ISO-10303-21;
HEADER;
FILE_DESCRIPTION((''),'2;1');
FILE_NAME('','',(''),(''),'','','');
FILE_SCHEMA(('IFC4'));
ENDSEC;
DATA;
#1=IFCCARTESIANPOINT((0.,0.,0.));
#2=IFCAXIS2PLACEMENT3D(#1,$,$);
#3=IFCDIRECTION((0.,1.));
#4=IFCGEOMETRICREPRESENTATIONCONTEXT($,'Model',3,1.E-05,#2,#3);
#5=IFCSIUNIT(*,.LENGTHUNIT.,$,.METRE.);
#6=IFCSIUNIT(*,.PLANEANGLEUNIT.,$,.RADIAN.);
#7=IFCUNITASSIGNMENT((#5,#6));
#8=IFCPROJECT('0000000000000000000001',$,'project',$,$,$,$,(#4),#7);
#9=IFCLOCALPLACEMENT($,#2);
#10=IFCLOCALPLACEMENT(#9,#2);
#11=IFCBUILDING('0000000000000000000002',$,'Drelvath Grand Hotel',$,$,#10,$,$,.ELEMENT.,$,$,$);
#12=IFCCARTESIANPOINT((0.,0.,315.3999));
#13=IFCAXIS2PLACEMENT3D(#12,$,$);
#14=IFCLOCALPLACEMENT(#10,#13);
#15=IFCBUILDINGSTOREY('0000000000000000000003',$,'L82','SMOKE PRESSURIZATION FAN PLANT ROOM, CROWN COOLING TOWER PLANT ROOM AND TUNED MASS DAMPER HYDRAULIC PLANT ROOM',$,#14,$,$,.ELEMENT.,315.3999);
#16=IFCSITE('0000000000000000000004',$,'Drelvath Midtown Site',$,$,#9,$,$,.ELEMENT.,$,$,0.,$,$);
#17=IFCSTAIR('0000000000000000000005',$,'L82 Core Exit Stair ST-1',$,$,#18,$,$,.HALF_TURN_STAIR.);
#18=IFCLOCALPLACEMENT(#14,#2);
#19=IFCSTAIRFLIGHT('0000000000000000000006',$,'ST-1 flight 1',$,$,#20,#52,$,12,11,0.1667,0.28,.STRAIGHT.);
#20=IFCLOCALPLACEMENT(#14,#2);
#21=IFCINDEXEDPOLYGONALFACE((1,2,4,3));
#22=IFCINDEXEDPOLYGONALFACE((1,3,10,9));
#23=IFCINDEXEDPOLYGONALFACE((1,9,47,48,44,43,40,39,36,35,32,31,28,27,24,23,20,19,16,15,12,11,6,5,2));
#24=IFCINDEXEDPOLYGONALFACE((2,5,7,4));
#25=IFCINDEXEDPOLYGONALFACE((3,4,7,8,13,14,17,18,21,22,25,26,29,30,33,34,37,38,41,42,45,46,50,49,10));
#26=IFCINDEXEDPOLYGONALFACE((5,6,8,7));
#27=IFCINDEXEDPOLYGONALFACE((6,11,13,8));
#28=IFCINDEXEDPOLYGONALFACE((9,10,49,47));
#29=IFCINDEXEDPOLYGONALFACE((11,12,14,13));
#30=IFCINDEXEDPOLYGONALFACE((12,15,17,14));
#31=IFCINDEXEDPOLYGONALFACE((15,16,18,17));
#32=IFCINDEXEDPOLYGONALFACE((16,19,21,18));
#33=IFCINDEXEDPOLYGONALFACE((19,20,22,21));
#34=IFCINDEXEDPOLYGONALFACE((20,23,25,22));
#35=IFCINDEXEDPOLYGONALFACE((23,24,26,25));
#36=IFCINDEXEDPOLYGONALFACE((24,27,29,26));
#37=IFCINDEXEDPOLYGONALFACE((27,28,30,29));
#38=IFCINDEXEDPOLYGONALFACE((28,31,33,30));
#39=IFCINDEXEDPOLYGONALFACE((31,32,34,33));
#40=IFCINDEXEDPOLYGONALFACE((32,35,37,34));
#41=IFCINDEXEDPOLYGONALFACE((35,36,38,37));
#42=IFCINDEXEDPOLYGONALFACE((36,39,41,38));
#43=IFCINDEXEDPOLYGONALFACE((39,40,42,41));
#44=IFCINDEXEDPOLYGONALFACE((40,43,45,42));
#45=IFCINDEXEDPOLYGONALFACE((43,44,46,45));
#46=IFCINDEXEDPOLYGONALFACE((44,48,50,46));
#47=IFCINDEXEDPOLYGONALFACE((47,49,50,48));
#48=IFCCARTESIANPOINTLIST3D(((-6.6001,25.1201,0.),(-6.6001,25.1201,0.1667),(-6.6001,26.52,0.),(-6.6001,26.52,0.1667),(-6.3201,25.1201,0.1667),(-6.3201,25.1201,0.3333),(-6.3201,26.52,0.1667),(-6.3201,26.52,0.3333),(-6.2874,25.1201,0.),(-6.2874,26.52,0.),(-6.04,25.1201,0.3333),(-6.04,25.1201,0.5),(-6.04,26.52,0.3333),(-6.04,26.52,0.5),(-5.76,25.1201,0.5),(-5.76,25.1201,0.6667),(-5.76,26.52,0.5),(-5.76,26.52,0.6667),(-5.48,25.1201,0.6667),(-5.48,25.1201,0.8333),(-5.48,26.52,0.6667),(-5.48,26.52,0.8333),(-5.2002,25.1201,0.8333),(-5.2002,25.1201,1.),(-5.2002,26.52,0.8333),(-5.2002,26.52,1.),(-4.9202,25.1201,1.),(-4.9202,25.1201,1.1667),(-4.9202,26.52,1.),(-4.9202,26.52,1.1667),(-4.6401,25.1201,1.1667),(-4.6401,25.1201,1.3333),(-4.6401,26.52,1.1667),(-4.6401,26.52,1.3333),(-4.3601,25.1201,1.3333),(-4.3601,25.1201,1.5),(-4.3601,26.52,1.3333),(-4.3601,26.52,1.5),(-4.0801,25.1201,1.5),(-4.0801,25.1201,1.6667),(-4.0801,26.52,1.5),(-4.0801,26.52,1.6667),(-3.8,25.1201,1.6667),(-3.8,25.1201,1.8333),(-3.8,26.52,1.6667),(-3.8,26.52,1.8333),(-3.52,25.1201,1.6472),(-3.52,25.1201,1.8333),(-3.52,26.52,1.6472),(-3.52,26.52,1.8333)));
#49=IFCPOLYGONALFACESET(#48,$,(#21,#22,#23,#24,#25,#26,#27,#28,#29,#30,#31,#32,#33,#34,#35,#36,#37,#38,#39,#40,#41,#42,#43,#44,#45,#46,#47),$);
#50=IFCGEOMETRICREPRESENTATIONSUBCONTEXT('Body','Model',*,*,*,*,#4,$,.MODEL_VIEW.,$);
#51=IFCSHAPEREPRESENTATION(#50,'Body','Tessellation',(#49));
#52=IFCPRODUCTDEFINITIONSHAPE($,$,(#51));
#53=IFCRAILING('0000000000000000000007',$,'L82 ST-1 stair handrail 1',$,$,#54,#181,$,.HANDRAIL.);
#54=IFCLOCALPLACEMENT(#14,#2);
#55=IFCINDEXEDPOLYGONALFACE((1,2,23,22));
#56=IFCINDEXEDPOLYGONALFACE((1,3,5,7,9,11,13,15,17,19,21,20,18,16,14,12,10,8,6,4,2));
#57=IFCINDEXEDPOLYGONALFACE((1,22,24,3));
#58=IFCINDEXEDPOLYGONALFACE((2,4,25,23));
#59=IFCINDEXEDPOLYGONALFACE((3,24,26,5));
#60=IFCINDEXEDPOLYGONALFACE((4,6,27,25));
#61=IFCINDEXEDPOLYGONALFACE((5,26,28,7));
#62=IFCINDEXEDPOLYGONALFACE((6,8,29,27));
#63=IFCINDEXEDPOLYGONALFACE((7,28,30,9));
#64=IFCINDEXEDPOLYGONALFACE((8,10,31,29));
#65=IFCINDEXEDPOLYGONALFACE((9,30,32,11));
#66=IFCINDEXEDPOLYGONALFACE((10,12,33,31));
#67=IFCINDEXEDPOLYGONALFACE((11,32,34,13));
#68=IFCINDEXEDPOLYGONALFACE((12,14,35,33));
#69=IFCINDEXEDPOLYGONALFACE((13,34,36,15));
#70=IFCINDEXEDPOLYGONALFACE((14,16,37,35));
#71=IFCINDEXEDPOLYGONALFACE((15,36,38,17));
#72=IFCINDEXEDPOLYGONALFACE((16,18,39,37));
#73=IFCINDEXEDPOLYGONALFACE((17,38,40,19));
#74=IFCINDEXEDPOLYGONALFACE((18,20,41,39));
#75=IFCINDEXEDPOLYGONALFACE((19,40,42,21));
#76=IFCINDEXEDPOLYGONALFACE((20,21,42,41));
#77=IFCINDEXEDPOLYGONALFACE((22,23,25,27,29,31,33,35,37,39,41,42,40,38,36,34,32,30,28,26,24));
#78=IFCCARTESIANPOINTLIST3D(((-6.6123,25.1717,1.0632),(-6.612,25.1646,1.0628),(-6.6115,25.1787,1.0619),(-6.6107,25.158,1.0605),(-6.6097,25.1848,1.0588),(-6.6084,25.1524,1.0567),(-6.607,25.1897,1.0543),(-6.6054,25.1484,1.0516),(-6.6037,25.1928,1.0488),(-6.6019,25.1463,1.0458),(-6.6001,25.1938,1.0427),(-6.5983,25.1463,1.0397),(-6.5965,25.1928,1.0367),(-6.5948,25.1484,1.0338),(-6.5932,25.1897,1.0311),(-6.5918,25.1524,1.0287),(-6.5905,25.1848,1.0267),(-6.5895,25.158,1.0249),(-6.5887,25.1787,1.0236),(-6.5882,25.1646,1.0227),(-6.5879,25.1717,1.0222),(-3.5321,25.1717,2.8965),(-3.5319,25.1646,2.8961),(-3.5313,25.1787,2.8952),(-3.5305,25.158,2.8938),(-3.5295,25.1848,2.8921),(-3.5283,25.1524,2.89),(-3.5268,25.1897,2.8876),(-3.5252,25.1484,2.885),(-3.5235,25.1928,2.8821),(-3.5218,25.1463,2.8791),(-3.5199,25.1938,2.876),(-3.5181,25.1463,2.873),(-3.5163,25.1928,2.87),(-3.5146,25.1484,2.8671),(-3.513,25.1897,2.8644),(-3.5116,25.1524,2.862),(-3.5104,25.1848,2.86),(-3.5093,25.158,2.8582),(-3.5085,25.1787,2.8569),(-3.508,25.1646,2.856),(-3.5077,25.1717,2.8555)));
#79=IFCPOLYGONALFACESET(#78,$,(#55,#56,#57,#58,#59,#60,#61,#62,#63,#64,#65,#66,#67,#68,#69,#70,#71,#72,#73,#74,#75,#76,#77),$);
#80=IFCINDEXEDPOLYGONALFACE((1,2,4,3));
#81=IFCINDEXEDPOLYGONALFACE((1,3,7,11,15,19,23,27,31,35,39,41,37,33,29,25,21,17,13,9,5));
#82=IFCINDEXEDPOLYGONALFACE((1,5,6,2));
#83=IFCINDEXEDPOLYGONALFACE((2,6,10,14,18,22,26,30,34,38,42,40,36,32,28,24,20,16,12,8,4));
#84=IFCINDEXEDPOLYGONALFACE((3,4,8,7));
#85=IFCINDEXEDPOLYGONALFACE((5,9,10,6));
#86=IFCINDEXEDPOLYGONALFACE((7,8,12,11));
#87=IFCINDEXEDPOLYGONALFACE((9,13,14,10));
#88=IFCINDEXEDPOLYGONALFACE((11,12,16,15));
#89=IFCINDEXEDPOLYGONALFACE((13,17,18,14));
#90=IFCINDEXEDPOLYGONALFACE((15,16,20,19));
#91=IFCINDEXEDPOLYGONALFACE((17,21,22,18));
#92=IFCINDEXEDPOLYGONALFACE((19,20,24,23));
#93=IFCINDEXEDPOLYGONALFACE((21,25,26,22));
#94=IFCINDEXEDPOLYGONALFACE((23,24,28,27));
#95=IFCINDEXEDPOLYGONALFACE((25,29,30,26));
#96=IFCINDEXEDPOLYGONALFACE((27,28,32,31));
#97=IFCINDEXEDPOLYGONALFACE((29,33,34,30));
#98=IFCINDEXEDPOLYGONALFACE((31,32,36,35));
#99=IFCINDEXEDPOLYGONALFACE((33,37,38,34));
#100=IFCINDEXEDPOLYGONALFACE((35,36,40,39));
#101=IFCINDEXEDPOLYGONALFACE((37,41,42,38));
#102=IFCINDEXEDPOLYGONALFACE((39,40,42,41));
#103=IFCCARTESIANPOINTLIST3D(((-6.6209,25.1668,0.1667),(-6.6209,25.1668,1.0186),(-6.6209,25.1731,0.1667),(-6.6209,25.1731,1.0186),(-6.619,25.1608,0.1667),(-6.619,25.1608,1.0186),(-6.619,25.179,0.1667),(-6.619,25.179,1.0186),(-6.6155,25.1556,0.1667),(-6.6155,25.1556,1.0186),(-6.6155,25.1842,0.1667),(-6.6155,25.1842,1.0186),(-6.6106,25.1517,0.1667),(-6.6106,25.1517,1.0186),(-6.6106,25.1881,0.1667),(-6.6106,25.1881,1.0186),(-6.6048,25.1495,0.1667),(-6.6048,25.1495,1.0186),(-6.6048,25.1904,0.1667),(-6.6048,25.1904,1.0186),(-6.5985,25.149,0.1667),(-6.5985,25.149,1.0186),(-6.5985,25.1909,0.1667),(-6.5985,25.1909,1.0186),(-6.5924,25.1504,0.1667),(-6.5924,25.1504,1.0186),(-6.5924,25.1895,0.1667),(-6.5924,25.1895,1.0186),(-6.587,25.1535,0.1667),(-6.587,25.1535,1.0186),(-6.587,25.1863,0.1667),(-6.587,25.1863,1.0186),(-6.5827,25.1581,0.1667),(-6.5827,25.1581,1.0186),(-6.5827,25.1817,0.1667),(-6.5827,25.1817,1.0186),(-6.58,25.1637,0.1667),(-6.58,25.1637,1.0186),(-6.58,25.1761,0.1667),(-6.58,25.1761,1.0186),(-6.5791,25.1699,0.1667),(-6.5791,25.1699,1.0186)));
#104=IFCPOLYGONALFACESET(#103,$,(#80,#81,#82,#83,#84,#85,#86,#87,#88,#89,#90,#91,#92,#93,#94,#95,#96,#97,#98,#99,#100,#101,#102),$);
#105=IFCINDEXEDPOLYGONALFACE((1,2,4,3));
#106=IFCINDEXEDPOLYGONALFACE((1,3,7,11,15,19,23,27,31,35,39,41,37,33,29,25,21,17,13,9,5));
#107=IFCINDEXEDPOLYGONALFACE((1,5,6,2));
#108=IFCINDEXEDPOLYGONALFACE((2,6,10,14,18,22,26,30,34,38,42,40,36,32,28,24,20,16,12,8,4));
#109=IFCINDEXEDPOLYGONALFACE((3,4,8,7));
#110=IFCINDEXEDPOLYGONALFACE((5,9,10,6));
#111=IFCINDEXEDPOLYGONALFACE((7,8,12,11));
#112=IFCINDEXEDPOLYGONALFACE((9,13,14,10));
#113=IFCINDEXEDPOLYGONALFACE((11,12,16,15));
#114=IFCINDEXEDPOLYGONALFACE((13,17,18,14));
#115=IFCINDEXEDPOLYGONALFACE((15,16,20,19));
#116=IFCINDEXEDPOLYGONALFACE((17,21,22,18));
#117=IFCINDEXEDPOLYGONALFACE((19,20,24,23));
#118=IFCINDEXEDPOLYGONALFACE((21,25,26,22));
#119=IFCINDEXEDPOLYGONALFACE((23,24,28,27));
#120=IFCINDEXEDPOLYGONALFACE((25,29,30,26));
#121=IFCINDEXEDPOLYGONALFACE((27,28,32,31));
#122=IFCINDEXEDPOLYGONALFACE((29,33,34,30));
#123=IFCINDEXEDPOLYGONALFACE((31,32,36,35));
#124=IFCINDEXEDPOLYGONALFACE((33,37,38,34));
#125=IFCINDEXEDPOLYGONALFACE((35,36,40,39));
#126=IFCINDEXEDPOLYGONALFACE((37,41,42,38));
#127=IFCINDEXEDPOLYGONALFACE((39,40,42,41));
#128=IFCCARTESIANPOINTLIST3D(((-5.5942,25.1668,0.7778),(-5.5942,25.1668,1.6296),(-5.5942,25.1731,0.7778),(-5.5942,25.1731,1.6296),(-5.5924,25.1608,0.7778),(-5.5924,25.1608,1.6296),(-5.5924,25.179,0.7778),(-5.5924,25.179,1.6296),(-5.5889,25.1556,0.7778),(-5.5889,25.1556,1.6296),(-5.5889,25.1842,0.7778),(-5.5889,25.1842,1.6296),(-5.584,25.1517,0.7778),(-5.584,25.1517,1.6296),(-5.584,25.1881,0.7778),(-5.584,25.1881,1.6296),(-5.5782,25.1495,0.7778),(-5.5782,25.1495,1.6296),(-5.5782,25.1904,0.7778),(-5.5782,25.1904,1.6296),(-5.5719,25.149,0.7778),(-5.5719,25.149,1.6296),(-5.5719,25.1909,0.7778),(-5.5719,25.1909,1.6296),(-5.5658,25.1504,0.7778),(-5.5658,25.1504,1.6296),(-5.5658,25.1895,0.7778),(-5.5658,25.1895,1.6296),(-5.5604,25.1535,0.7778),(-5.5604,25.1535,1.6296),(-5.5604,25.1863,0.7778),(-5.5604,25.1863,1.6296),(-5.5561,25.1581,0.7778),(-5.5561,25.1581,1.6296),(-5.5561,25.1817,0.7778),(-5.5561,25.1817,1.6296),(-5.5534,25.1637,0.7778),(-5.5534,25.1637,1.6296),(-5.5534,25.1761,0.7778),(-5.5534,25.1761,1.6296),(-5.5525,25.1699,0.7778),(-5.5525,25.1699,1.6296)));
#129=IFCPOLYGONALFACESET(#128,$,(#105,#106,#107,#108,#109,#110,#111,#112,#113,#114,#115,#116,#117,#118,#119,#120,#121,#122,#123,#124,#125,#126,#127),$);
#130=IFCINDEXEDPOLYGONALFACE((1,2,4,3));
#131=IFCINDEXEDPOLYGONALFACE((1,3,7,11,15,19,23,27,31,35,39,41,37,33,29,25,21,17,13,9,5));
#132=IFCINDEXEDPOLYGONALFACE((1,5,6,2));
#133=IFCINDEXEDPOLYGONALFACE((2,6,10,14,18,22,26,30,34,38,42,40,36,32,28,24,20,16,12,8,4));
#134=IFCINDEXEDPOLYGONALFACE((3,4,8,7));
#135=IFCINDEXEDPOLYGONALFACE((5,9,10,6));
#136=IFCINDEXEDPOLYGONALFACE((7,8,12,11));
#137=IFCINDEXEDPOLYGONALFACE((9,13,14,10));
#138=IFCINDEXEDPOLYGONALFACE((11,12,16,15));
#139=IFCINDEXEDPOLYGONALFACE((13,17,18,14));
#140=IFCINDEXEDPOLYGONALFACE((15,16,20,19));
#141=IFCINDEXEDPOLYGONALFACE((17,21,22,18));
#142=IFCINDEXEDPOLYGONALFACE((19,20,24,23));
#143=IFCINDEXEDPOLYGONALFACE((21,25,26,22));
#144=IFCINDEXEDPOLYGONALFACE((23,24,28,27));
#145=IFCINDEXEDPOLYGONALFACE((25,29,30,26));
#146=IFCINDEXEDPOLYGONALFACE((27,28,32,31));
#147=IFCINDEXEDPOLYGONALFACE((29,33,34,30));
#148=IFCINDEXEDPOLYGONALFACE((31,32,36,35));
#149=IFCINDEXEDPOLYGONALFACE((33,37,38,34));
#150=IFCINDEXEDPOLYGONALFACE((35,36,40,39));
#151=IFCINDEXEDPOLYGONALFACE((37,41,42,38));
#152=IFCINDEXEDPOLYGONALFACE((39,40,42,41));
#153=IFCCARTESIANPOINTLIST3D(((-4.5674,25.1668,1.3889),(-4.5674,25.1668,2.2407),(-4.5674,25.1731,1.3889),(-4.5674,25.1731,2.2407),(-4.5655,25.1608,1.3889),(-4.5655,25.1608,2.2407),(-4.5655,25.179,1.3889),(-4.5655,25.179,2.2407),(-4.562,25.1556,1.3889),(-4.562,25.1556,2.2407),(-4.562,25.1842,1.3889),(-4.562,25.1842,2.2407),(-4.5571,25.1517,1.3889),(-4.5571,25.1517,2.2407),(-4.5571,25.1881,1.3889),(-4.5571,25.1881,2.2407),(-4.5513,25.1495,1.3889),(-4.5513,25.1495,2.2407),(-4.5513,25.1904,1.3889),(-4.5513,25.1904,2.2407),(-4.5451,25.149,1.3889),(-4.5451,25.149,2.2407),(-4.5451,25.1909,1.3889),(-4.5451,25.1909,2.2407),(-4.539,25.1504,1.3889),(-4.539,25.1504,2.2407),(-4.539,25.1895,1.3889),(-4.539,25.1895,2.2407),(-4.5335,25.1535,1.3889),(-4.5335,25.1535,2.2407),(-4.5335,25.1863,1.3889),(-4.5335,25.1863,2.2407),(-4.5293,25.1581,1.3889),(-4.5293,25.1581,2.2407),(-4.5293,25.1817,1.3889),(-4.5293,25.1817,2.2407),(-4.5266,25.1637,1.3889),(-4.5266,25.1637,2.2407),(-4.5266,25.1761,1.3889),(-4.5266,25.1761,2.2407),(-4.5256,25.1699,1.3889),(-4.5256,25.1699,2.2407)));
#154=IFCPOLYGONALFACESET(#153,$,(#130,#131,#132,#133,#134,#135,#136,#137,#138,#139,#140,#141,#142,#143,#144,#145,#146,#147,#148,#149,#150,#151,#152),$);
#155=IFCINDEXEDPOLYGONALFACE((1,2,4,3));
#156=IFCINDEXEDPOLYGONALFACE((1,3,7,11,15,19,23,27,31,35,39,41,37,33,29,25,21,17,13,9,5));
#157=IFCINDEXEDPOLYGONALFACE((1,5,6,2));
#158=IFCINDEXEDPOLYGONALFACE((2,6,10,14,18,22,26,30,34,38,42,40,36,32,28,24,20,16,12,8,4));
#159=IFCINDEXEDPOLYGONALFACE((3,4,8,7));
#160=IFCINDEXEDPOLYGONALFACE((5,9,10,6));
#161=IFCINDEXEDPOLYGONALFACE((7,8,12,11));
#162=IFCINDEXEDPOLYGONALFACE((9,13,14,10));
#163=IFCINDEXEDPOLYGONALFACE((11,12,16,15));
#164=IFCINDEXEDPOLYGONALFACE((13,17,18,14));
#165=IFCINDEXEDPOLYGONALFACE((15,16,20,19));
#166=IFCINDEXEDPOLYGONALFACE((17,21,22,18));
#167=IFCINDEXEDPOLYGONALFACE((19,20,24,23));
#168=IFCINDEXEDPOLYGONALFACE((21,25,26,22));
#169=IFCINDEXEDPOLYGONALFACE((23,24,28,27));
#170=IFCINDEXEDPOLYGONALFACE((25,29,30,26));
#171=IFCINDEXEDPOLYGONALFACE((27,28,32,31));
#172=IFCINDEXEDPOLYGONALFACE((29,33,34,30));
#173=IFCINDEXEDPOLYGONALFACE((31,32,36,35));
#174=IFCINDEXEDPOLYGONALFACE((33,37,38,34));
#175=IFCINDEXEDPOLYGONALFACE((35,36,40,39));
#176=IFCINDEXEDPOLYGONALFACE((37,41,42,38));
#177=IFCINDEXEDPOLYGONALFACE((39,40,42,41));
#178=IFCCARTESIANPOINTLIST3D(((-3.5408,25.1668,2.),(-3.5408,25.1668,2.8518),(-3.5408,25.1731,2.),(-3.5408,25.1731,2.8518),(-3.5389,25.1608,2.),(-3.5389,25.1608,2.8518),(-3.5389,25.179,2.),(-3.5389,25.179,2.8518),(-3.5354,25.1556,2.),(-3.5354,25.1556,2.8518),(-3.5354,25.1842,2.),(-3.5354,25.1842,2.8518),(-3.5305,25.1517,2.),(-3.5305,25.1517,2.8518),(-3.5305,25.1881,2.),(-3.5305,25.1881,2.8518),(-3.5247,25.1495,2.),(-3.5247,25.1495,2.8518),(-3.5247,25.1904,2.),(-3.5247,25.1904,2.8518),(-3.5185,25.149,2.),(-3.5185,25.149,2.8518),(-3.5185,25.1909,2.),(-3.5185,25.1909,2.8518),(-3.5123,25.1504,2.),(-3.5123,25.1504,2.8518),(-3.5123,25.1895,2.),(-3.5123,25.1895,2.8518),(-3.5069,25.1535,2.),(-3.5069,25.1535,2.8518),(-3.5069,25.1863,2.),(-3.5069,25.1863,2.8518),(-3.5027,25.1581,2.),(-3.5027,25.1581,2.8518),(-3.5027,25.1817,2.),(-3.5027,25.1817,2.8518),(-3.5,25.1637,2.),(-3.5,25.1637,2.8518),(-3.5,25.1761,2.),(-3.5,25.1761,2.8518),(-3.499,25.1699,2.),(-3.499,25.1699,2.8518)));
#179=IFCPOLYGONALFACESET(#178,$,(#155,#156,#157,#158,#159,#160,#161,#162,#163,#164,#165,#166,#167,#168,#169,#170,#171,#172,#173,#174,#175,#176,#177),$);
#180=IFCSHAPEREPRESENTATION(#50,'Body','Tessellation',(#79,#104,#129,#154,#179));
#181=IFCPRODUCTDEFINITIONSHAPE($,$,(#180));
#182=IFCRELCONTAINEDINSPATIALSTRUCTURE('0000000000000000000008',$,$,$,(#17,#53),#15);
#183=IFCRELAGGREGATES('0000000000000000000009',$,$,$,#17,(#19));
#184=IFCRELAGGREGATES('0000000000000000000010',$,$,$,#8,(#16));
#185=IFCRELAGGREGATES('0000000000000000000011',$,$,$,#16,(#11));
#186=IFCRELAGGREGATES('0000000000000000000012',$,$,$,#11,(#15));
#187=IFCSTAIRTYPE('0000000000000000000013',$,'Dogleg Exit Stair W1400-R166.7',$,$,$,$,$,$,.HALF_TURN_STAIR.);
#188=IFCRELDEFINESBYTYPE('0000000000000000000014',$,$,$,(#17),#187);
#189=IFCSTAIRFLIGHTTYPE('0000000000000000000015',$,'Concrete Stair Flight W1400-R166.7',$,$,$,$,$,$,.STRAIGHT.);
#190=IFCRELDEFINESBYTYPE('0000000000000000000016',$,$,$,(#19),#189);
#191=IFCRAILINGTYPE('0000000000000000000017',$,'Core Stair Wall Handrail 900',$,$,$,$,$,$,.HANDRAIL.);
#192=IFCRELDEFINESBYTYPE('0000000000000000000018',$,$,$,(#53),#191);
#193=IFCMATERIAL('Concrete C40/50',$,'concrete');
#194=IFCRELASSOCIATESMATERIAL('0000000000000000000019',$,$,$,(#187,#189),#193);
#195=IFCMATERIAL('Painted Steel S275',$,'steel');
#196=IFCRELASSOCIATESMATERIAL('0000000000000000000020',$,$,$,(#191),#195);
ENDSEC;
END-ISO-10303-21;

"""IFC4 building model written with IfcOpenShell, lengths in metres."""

from ifc_helpers import new_model, si_unit, direction, frame, origin, origin_2d, place, context, subcontext, project, spatial, polyline, circle, outline, extrude, material, type_object, element, aggregate, save


model = new_model("IFC4")

# Units and contexts
model_context = context("Model", 3, precision=1e-05, world=origin(), true_north=direction((0.0, 1.0)))
body_context = subcontext(model_context, "Body", "Model", "MODEL_VIEW")
ifc_project = project(units=[si_unit("LENGTHUNIT", "METRE"), si_unit("PLANEANGLEUNIT", "RADIAN")], contexts=[model_context])

# Site, building, storey
site_placement = place(None, origin())
site = spatial("IfcSite", under=ifc_project, at=site_placement, Name="Drelvath Midtown Site", CompositionType="ELEMENT", RefElevation=0.0)
building_placement = place(site_placement, origin())
building = spatial("IfcBuilding", under=site, at=building_placement, Name="Drelvath Grand Hotel", CompositionType="ELEMENT")
storey_placement = place(building_placement, frame((0.0, 0.0, 315.3999)))
storey = spatial("IfcBuildingStorey", under=building, at=storey_placement, Name="L82", Description="SMOKE PRESSURIZATION FAN PLANT ROOM, CROWN COOLING TOWER PLANT ROOM AND TUNED MASS DAMPER HYDRAULIC PLANT ROOM", CompositionType="ELEMENT", Elevation=315.3999)

# Shared definitions
ifc_material_1 = material(Name="Concrete C40/50", Category="concrete")
ifc_material_2 = material(Name="Painted Steel S275", Category="steel")

# Stair, stair flight
stair_type = type_object("IfcStairType", Name="Dogleg Exit Stair W1400-R166.7", PredefinedType="HALF_TURN_STAIR", material=ifc_material_1)
stair_placement = place(storey_placement, origin())
stair = element("IfcStair", 1, at=stair_placement, inside=storey, type_object=stair_type, Name="L82 Core Exit Stair ST-1", PredefinedType="HALF_TURN_STAIR")
stair_flight_type = type_object("IfcStairFlightType", Name="Concrete Stair Flight W1400-R166.7", PredefinedType="STRAIGHT", material=ifc_material_1)
stair_flight_placement = place(storey_placement, frame((-6.6001, 25.8201, 0.0), z_axis=(0.0, 0.0, 1.0), x_axis=(1.0, 0.0, 0.0)))
stair_flight = element("IfcStairFlight", 2, at=stair_flight_placement, type_object=stair_flight_type, Name="ST-1 flight 1", NumberOfRisers=12, NumberOfTreads=11, PredefinedType="STRAIGHT", RiserHeight=0.1667, TreadLength=0.28, context=body_context, shape_type="SweptSolid", body=[
    extrude(outline(polyline([(0.0, 0.0), (0.0, 0.1667), (0.28, 0.1667), (0.28, 0.3333), (0.5601, 0.3333), (0.5601, 0.5), (0.8401, 0.5), (0.8401, 0.6667), (1.1201, 0.6667), (1.1201, 0.8333), (1.3999, 0.8333), (1.3999, 1.0), (1.6799, 1.0), (1.6799, 1.1667), (1.96, 1.1667), (1.96, 1.3333), (2.24, 1.3333), (2.24, 1.5), (2.52, 1.5), (2.52, 1.6667), (2.8, 1.6667), (2.8, 1.8333), (3.0801, 1.8333), (3.0801, 2.0), (3.0801, 1.6472), (0.3127, 0.0), (0.0, 0.0)])), frame((0.0, 0.7, 0.0), z_axis=(0.0, -1.0, 0.0), x_axis=(1.0, 0.0, 0.0)), (0.0, 0.0, 1.0), 1.3999),
])
aggregate(stair, [stair_flight])

# Railing
railing_type_1 = type_object("IfcRailingType", Name="Core Stair Wall Handrail 900", PredefinedType="HANDRAIL", material=ifc_material_2)
railing_1_placement = place(storey_placement, frame((-6.6001, 25.1699, 0.1667)))
element("IfcRailing", 3, at=railing_1_placement, inside=storey, type_object=railing_type_1, Name="L82 ST-1 stair handrail 1", PredefinedType="HANDRAIL", context=body_context, shape_type="SweptSolid", body=[
    extrude(circle(Radius=0.0239, at=origin_2d()), frame((0.0, 0.0, 0.876), z_axis=(0.859309, 0.0, 0.511458), x_axis=(0.0, 1.0, 0.0)), (0.0, 0.0, 1.0), 3.5845),
    extrude(circle(Radius=0.021, at=origin_2d()), origin(), (0.0, 0.0, 1.0), 0.8518),
    extrude(circle(Radius=0.021, at=origin_2d()), frame((1.0266, 0.0, 0.6111)), (0.0, 0.0, 1.0), 0.8518),
    extrude(circle(Radius=0.021, at=origin_2d()), frame((2.0535, 0.0, 1.2222)), (0.0, 0.0, 1.0), 0.8518),
    extrude(circle(Radius=0.021, at=origin_2d()), frame((3.0801, 0.0, 1.8333)), (0.0, 0.0, 1.0), 0.8518),
])

save(model, "model.ifc")
